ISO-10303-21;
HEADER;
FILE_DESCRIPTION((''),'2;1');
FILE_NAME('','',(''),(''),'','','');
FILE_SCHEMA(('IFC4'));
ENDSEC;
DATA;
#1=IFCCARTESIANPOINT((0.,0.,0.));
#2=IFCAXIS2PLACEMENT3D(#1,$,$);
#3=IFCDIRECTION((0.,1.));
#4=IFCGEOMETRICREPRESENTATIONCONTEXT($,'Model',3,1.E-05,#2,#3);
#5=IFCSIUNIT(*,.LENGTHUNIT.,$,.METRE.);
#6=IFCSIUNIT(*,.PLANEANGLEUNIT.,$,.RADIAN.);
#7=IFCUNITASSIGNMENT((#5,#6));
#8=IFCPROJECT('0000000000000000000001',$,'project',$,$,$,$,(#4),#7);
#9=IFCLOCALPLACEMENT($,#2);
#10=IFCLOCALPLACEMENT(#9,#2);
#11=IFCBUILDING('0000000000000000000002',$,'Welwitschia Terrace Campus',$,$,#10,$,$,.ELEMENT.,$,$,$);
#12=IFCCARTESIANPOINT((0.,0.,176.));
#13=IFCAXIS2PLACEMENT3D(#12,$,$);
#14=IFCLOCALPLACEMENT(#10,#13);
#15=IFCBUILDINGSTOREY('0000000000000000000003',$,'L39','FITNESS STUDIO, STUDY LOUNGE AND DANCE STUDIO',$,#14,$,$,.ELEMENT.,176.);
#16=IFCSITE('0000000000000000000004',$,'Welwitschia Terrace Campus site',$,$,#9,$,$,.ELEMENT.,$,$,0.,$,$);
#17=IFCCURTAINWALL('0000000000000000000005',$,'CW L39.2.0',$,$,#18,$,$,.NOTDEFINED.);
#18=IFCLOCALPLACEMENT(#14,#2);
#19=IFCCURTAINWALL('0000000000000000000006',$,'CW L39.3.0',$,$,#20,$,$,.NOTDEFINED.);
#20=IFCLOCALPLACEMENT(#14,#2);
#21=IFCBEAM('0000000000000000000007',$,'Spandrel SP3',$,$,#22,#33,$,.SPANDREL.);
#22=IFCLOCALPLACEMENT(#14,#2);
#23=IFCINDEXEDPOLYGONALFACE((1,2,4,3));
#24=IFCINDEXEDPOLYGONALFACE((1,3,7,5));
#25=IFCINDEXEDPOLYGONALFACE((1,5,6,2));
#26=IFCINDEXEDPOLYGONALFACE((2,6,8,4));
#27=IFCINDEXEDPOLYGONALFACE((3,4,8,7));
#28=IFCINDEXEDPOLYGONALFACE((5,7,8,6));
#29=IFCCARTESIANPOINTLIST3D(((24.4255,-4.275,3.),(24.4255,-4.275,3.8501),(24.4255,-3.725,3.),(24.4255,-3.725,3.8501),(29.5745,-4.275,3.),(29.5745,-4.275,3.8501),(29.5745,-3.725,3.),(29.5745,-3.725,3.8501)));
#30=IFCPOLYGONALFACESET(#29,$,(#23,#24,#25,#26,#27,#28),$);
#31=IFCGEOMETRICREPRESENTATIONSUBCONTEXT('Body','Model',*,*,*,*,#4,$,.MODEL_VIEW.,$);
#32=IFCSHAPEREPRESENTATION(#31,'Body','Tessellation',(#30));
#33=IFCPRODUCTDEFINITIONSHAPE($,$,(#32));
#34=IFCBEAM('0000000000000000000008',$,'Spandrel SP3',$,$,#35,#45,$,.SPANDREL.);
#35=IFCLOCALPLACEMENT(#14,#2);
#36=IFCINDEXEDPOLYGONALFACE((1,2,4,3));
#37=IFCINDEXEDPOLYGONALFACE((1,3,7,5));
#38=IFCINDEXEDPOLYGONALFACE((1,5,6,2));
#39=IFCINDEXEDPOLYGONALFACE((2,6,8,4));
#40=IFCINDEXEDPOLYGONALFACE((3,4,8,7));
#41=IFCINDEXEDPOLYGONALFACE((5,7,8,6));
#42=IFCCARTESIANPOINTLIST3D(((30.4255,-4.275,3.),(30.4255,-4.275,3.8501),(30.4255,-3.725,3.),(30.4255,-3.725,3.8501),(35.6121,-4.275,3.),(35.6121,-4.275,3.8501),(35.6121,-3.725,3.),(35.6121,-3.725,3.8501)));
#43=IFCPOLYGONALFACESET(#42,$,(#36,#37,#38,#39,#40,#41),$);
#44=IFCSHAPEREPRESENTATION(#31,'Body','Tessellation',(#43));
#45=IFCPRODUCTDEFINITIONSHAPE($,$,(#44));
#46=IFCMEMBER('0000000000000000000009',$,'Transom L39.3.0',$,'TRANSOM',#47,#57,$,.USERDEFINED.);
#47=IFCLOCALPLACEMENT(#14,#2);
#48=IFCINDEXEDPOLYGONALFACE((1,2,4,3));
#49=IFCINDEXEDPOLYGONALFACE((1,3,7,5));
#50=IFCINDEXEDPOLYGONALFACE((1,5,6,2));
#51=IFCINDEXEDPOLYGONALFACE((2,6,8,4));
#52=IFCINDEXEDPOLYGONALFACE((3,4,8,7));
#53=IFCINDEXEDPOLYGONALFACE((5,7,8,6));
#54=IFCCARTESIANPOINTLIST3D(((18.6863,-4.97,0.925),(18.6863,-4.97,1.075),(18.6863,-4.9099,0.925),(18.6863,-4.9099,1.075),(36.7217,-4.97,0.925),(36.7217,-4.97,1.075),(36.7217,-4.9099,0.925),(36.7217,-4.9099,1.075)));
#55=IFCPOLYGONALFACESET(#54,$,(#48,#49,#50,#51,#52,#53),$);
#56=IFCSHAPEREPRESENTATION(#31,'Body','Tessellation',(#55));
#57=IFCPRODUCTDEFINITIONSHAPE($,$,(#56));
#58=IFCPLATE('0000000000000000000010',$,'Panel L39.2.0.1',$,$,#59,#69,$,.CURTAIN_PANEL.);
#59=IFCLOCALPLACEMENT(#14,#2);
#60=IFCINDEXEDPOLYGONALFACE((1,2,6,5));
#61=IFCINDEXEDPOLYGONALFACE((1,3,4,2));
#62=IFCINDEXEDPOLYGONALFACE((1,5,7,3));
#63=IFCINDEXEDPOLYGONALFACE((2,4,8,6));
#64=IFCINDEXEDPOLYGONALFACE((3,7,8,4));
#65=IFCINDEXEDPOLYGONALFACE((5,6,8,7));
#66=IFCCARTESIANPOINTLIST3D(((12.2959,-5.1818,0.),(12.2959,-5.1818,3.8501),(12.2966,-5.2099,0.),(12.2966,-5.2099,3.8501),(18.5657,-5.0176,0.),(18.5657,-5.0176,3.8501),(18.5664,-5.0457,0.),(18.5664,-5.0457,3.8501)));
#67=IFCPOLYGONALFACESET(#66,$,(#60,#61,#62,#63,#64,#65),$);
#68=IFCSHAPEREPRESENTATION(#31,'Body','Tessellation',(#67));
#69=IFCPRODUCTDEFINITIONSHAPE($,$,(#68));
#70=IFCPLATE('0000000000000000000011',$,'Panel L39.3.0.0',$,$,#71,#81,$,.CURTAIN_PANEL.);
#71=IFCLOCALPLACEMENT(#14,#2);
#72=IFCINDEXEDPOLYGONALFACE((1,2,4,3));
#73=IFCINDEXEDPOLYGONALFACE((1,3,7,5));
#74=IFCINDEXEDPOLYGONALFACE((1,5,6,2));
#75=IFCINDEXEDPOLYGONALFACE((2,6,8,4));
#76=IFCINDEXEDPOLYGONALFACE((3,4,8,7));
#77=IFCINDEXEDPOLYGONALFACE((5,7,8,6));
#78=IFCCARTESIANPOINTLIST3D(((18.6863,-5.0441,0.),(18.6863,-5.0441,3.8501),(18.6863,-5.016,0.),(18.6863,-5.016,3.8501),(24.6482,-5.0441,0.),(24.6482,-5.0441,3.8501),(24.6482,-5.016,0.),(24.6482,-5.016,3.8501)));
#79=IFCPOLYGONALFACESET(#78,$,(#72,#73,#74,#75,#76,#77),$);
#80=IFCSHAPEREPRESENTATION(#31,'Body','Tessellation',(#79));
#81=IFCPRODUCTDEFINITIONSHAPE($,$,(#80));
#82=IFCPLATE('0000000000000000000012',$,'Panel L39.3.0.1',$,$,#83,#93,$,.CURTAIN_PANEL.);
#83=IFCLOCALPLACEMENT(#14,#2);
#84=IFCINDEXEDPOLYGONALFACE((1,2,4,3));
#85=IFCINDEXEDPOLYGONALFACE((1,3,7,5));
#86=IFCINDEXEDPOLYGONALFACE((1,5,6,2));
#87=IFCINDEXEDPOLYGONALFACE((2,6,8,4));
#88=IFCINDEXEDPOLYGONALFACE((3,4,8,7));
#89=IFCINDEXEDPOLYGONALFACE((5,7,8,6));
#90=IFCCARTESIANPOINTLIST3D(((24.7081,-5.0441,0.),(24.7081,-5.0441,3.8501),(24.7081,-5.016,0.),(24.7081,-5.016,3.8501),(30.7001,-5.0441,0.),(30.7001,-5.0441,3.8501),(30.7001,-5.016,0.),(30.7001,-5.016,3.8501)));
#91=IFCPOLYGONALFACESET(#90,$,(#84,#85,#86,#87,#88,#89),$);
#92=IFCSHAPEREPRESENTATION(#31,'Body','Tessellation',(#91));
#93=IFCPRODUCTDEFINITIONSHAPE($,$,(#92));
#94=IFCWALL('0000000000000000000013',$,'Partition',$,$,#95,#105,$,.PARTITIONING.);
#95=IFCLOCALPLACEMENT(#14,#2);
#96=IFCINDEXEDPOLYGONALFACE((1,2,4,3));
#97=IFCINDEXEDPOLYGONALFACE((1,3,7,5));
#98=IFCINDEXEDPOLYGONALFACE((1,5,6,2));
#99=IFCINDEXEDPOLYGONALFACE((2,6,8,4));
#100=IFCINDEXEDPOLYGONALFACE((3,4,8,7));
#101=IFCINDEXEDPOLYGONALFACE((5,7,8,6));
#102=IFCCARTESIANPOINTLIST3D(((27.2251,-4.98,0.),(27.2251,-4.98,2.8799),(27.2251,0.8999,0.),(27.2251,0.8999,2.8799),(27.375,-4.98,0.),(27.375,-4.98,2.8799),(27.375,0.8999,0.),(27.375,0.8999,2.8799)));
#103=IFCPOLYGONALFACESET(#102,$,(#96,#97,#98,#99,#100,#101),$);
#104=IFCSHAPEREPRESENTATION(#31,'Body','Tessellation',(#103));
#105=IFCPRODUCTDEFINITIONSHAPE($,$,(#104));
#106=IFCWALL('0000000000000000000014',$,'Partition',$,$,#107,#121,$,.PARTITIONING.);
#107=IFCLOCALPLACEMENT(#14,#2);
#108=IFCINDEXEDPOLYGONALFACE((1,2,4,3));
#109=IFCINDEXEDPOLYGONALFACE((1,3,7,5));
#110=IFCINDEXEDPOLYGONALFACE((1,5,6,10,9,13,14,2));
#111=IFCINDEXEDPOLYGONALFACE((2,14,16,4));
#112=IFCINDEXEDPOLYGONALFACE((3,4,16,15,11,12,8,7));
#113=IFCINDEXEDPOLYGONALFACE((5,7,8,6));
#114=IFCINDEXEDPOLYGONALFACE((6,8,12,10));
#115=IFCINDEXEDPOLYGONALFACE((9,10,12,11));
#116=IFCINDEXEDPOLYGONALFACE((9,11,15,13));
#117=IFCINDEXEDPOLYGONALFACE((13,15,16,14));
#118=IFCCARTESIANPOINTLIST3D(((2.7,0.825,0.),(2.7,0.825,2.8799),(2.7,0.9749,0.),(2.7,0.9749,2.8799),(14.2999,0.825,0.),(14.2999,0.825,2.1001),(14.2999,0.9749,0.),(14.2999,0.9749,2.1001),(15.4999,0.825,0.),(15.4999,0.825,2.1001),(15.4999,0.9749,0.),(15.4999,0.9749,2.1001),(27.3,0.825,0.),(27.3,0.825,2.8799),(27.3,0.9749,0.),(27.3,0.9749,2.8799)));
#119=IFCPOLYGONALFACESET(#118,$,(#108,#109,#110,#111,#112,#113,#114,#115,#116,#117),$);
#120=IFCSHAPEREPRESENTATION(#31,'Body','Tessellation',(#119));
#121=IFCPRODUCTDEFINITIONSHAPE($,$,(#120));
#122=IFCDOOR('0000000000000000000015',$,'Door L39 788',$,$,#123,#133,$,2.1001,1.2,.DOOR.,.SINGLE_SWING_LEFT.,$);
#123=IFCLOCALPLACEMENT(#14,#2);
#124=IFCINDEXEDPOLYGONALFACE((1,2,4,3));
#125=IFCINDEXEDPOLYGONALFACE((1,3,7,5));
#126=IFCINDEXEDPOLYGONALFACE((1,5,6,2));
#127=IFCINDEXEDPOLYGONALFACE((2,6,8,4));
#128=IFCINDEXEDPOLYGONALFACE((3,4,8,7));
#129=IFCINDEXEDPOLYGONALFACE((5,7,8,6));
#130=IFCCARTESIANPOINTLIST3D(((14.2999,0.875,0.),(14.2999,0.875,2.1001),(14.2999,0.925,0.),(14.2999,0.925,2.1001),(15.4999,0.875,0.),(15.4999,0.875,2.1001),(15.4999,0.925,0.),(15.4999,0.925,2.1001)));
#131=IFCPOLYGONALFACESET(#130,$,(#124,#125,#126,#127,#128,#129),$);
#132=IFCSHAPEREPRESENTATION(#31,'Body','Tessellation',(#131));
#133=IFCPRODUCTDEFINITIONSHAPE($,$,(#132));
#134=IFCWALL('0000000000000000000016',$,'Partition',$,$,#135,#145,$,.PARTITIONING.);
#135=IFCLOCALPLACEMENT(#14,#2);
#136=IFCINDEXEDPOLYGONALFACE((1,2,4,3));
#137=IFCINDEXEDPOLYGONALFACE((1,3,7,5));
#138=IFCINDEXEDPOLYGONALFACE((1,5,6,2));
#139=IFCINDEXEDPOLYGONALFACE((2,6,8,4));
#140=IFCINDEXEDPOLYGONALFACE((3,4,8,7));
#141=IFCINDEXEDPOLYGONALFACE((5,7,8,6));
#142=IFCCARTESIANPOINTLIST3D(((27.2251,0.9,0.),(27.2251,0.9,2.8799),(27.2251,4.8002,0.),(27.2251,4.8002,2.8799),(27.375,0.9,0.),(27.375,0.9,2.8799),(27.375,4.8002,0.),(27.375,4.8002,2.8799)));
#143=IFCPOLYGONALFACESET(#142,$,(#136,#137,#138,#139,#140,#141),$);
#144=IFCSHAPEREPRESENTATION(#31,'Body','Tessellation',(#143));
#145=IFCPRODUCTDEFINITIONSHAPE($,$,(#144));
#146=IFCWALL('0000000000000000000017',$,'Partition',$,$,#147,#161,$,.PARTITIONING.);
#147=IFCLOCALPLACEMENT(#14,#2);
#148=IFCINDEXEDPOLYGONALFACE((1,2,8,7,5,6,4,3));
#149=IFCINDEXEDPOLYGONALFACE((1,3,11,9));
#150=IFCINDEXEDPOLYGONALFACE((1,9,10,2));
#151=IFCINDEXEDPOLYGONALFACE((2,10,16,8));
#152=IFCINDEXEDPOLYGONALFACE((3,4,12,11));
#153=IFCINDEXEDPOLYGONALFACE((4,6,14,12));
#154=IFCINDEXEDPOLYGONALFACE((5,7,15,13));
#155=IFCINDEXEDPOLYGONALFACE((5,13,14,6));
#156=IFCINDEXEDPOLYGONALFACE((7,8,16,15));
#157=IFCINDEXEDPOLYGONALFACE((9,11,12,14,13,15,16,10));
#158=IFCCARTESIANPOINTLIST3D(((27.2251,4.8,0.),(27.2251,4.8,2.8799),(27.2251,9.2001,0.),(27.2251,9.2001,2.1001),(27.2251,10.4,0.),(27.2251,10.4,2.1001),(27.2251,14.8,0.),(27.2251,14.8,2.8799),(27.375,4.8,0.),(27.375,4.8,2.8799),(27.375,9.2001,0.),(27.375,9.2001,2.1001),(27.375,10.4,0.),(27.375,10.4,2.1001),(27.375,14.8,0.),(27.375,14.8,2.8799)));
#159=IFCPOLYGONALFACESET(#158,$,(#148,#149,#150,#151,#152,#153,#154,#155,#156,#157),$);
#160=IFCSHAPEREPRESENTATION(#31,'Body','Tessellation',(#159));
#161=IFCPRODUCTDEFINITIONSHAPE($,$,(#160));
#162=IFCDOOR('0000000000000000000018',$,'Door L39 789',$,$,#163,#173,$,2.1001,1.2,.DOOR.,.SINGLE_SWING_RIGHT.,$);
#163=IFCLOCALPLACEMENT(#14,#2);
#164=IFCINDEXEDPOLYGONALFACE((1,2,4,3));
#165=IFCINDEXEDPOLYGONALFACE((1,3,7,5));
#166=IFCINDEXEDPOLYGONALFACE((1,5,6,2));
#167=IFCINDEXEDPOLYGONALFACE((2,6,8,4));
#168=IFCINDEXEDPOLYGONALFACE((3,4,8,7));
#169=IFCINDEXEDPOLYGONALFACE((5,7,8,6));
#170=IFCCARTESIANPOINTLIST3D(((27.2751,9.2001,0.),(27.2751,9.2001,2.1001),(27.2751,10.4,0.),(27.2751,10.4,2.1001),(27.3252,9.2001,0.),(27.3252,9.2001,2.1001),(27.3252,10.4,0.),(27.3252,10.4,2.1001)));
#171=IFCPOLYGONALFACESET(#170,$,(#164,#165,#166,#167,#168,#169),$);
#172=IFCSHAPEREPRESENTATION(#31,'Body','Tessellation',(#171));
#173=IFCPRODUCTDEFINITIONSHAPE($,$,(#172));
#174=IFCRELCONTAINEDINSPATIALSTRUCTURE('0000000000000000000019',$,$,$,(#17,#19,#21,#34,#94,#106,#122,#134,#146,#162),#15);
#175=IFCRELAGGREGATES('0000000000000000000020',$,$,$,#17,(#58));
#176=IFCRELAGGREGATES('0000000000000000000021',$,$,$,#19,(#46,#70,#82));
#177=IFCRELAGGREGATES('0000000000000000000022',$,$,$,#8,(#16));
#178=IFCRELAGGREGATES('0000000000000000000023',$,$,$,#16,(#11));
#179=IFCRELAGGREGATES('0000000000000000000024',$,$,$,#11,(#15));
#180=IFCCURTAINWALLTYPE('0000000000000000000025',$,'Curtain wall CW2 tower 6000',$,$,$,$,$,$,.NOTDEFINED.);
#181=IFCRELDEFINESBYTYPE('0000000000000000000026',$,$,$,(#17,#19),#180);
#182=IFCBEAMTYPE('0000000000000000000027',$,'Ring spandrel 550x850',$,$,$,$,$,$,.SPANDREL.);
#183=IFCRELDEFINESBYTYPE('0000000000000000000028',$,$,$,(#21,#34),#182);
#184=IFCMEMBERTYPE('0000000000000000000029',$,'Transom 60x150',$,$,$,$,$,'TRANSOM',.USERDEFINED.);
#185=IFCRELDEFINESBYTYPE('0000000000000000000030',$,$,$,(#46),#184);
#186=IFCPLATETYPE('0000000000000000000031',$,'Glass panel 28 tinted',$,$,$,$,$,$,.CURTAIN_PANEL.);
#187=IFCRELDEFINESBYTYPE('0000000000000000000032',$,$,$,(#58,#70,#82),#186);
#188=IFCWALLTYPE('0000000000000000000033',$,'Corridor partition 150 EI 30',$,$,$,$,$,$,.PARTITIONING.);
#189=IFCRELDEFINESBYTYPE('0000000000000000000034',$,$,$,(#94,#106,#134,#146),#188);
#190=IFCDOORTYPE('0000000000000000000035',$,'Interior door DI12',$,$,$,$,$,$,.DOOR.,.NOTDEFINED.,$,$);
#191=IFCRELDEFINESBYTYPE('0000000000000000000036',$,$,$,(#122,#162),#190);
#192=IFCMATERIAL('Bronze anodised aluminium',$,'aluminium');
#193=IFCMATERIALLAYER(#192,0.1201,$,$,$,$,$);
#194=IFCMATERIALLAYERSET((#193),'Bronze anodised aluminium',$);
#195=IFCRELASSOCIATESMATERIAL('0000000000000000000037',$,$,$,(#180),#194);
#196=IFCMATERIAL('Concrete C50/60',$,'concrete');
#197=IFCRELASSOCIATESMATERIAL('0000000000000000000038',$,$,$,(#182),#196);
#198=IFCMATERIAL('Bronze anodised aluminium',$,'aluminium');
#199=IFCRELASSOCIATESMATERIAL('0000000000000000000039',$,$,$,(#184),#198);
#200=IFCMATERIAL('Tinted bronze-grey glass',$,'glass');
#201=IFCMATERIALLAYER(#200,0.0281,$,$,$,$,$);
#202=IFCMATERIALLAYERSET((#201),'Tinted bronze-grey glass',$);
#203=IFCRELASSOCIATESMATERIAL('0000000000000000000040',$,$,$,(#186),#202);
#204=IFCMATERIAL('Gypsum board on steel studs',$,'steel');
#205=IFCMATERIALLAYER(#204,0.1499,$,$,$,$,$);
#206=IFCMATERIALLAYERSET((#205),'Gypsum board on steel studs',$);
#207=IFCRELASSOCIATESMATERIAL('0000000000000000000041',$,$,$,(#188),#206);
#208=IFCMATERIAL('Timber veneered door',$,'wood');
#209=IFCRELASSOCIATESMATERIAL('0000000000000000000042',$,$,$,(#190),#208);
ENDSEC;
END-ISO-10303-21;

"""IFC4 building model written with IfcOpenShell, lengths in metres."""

from ifc_helpers import new_model, si_unit, direction, frame, frame_2d, origin, origin_2d, place, context, subcontext, project, spatial, rectangle, extrude, material, layer, layer_set, material_profile, profile_set, type_object, element, fill, aggregate, save


model = new_model("IFC4")

# Units and contexts
model_context = context("Model", 3, precision=1e-05, world=origin(), true_north=direction((0.0, 1.0)))
body_context = subcontext(model_context, "Body", "Model", "MODEL_VIEW")
ifc_project = project(units=[si_unit("LENGTHUNIT", "METRE"), si_unit("PLANEANGLEUNIT", "RADIAN")], contexts=[model_context])

# Site, building, storey
site_placement = place(None, origin())
site = spatial("IfcSite", under=ifc_project, at=site_placement, Name="Welwitschia Terrace Campus site", CompositionType="ELEMENT", RefElevation=0.0)
building_placement = place(site_placement, origin())
building = spatial("IfcBuilding", under=site, at=building_placement, Name="Welwitschia Terrace Campus", CompositionType="ELEMENT")
storey_placement = place(building_placement, frame((0.0, 0.0, 176.0)))
storey = spatial("IfcBuildingStorey", under=building, at=storey_placement, Name="L39", Description="FITNESS STUDIO, STUDY LOUNGE AND DANCE STUDIO", CompositionType="ELEMENT", Elevation=176.0)

# Curtain wall
ifc_material_1 = material(Name="Bronze anodised aluminium", Category="aluminium")
ifc_layer_1 = layer(ifc_material_1, 0.1201)
ifc_layer_set_1 = layer_set([ifc_layer_1], Name="Bronze anodised aluminium")
curtain_wall_type = type_object("IfcCurtainWallType", Name="Curtain wall CW2 tower 6000", PredefinedType="NOTDEFINED", material=ifc_layer_set_1)
curtain_wall_1_placement = place(storey_placement, origin())
curtain_wall_1 = element("IfcCurtainWall", 1, at=curtain_wall_1_placement, inside=storey, type_object=curtain_wall_type, Name="CW L39.2.0", PredefinedType="NOTDEFINED")

# Curtain wall
curtain_wall_2_placement = place(storey_placement, origin())
curtain_wall_2 = element("IfcCurtainWall", 2, at=curtain_wall_2_placement, inside=storey, type_object=curtain_wall_type, Name="CW L39.3.0", PredefinedType="NOTDEFINED")

# Beams
ifc_material_2 = material(Name="Concrete C50/60", Category="concrete")
ifc_material_profile_1 = material_profile(ifc_material_2, rectangle(XDim=0.55, YDim=0.8501, at=origin_2d()))
ifc_profile_set_1 = profile_set([ifc_material_profile_1], Name="Concrete C50/60")
beam_type_1 = type_object("IfcBeamType", Name="Ring spandrel 550x850", PredefinedType="SPANDREL", material=ifc_profile_set_1)
for number, where, z_axis, x_axis, name in (
    (3, (24.4255, -4.0, 3.425), (1.0, 0.0, 0.0), (0.0, 1.0, 0.0), "Spandrel SP3"),
):
    element("IfcBeam", number, at=place(storey_placement, frame(where, z_axis=z_axis, x_axis=x_axis)), inside=storey, type_object=beam_type_1, Name=name, PredefinedType="SPANDREL", context=body_context, shape_type="SweptSolid", body=[
        extrude(rectangle(XDim=0.55, YDim=0.8501, at=origin_2d()), origin(), (0.0, 0.0, 1.0), 5.1489),
    ])
beam_1_placement = place(storey_placement, frame((30.4255, -4.0, 3.425), z_axis=(1.0, 0.0, 0.0), x_axis=(0.0, 1.0, 0.0)))
element("IfcBeam", 4, at=beam_1_placement, inside=storey, type_object=beam_type_1, Name="Spandrel SP3", PredefinedType="SPANDREL", context=body_context, shape_type="SweptSolid", body=[
    extrude(rectangle(XDim=0.55, YDim=0.8501, at=origin_2d()), origin(), (0.0, 0.0, 1.0), 5.1865),
])

# Member
ifc_material_3 = material(Name="Bronze anodised aluminium", Category="aluminium")
ifc_material_profile_2 = material_profile(ifc_material_3, rectangle(XDim=0.0601, YDim=0.1499, at=origin_2d()))
ifc_profile_set_2 = profile_set([ifc_material_profile_2], Name="Bronze anodised aluminium")
member_type_1 = type_object("IfcMemberType", Name="Transom 60x150", ElementType="TRANSOM", PredefinedType="USERDEFINED", material=ifc_profile_set_2)
member_1_placement = place(storey_placement, frame((18.6863, -4.9399, 1.0), z_axis=(1.0, 0.0, 0.0), x_axis=(0.0, 1.0, 0.0)))
member_1 = element("IfcMember", 5, at=member_1_placement, type_object=member_type_1, Name="Transom L39.3.0", ObjectType="TRANSOM", PredefinedType="USERDEFINED", context=body_context, shape_type="SweptSolid", body=[
    extrude(rectangle(XDim=0.0601, YDim=0.1499, at=origin_2d()), origin(), (0.0, 0.0, 1.0), 18.0354),
])

# Plates
ifc_material_4 = material(Name="Tinted bronze-grey glass", Category="glass")
ifc_layer_2 = layer(ifc_material_4, 0.0281)
ifc_layer_set_2 = layer_set([ifc_layer_2], Name="Tinted bronze-grey glass")
plate_type = type_object("IfcPlateType", Name="Glass panel 28 tinted", PredefinedType="CURTAIN_PANEL", material=ifc_layer_set_2)
plate_1_placement = place(storey_placement, frame((15.4312, -5.1138, 0.0), z_axis=(0.0, 0.0, 1.0), x_axis=(0.999657, 0.026177, 0.0)))
plate_1 = element("IfcPlate", 6, at=plate_1_placement, type_object=plate_type, Name="Panel L39.2.0.1", PredefinedType="CURTAIN_PANEL", context=body_context, shape_type="SweptSolid", body=[
    extrude(rectangle(XDim=6.272, YDim=0.0281, at=origin_2d()), origin(), (0.0, 0.0, 1.0), 3.8501),
])
aggregate(curtain_wall_1, [plate_1])
plate_2_placement = place(storey_placement, frame((21.6672, -5.03, 0.0), z_axis=(0.0, 0.0, 1.0), x_axis=(1.0, 0.0, 0.0)))
plate_2 = element("IfcPlate", 7, at=plate_2_placement, type_object=plate_type, Name="Panel L39.3.0.0", PredefinedType="CURTAIN_PANEL", context=body_context, shape_type="SweptSolid", body=[
    extrude(rectangle(XDim=5.9619, YDim=0.0281, at=origin_2d()), origin(), (0.0, 0.0, 1.0), 3.8501),
])
plate_3_placement = place(storey_placement, frame((27.7041, -5.03, 0.0), z_axis=(0.0, 0.0, 1.0), x_axis=(1.0, 0.0, 0.0)))
plate_3 = element("IfcPlate", 8, at=plate_3_placement, type_object=plate_type, Name="Panel L39.3.0.1", PredefinedType="CURTAIN_PANEL", context=body_context, shape_type="SweptSolid", body=[
    extrude(rectangle(XDim=5.9919, YDim=0.0281, at=origin_2d()), origin(), (0.0, 0.0, 1.0), 3.8501),
])
aggregate(curtain_wall_2, [member_1, plate_2, plate_3])

# Wall
ifc_material_5 = material(Name="Gypsum board on steel studs", Category="steel")
ifc_layer_3 = layer(ifc_material_5, 0.1499)
ifc_layer_set_3 = layer_set([ifc_layer_3], Name="Gypsum board on steel studs")
wall_type = type_object("IfcWallType", Name="Corridor partition 150 EI 30", PredefinedType="PARTITIONING", material=ifc_layer_set_3)
wall_1_placement = place(storey_placement, frame((27.3, -4.98, 0.0), z_axis=(0.0, 0.0, 1.0), x_axis=(0.0, 1.0, 0.0)))
element("IfcWall", 9, at=wall_1_placement, inside=storey, type_object=wall_type, Name="Partition", PredefinedType="PARTITIONING", context=body_context, shape_type="SweptSolid", body=[
    extrude(rectangle(XDim=5.8799, YDim=0.1499, at=frame_2d((2.9399, 0.0))), origin(), (0.0, 0.0, 1.0), 2.8799),
])

# Wall, opening, door
wall_2_placement = place(storey_placement, frame((27.3, 0.8999, 0.0), z_axis=(0.0, 0.0, 1.0), x_axis=(-1.0, 0.0, 0.0)))
wall_2 = element("IfcWall", 10, at=wall_2_placement, inside=storey, type_object=wall_type, Name="Partition", PredefinedType="PARTITIONING", context=body_context, shape_type="SweptSolid", body=[
    extrude(rectangle(XDim=24.6001, YDim=0.1499, at=frame_2d((12.3, 0.0))), origin(), (0.0, 0.0, 1.0), 2.8799),
])
opening_1_placement = place(wall_2_placement, frame((11.8, 0.0, 0.0)))
opening_1 = element("IfcOpeningElement", 11, at=opening_1_placement, cuts=wall_2, PredefinedType="OPENING", context=body_context, shape_type="SweptSolid", body=[
    extrude(rectangle(XDim=1.2, YDim=2.1001, at=frame_2d((0.6001, 1.05))), frame((0.0, 0.085, 0.0), z_axis=(0.0, -1.0, 0.0), x_axis=(1.0, 0.0, 0.0)), (0.0, 0.0, 1.0), 0.1699),
])
ifc_material_6 = material(Name="Timber veneered door", Category="wood")
door_type = type_object("IfcDoorType", Name="Interior door DI12", OperationType="NOTDEFINED", PredefinedType="DOOR", material=ifc_material_6)
door_1_placement = place(opening_1_placement, origin())
door_1 = element("IfcDoor", 12, at=door_1_placement, inside=storey, type_object=door_type, Name="Door L39 788", OperationType="SINGLE_SWING_LEFT", OverallHeight=2.1001, OverallWidth=1.2, PredefinedType="DOOR", context=body_context, shape_type="SweptSolid", body=[
    extrude(rectangle(XDim=1.2, YDim=2.1001, at=frame_2d((0.6001, 1.05))), frame((0.0, 0.0249, 0.0), z_axis=(0.0, -1.0, 0.0), x_axis=(1.0, 0.0, 0.0)), (0.0, 0.0, 1.0), 0.05),
])
fill(opening_1, door_1)

# Wall
wall_3_placement = place(storey_placement, frame((27.3, 0.8999, 0.0), z_axis=(0.0, 0.0, 1.0), x_axis=(0.0, 1.0, 0.0)))
element("IfcWall", 13, at=wall_3_placement, inside=storey, type_object=wall_type, Name="Partition", PredefinedType="PARTITIONING", context=body_context, shape_type="SweptSolid", body=[
    extrude(rectangle(XDim=3.9001, YDim=0.1499, at=frame_2d((1.9502, 0.0))), origin(), (0.0, 0.0, 1.0), 2.8799),
])

# Wall, opening, door
wall_4_placement = place(storey_placement, frame((27.3, 4.8, 0.0), z_axis=(0.0, 0.0, 1.0), x_axis=(0.0, 1.0, 0.0)))
wall_4 = element("IfcWall", 14, at=wall_4_placement, inside=storey, type_object=wall_type, Name="Partition", PredefinedType="PARTITIONING", context=body_context, shape_type="SweptSolid", body=[
    extrude(rectangle(XDim=10.0, YDim=0.1499, at=frame_2d((5.0, 0.0))), origin(), (0.0, 0.0, 1.0), 2.8799),
])
opening_2_placement = place(wall_4_placement, frame((4.3999, 0.0, 0.0)))
opening_2 = element("IfcOpeningElement", 15, at=opening_2_placement, cuts=wall_4, PredefinedType="OPENING", context=body_context, shape_type="SweptSolid", body=[
    extrude(rectangle(XDim=1.2, YDim=2.1001, at=frame_2d((0.6001, 1.05))), frame((0.0, 0.085, 0.0), z_axis=(0.0, -1.0, 0.0), x_axis=(1.0, 0.0, 0.0)), (0.0, 0.0, 1.0), 0.1699),
])
door_2_placement = place(opening_2_placement, origin())
door_2 = element("IfcDoor", 16, at=door_2_placement, inside=storey, type_object=door_type, Name="Door L39 789", OperationType="SINGLE_SWING_RIGHT", OverallHeight=2.1001, OverallWidth=1.2, PredefinedType="DOOR", context=body_context, shape_type="SweptSolid", body=[
    extrude(rectangle(XDim=1.2, YDim=2.1001, at=frame_2d((0.6001, 1.05))), frame((0.0, 0.0249, 0.0), z_axis=(0.0, -1.0, 0.0), x_axis=(1.0, 0.0, 0.0)), (0.0, 0.0, 1.0), 0.05),
])
fill(opening_2, door_2)

save(model, "model.ifc")
